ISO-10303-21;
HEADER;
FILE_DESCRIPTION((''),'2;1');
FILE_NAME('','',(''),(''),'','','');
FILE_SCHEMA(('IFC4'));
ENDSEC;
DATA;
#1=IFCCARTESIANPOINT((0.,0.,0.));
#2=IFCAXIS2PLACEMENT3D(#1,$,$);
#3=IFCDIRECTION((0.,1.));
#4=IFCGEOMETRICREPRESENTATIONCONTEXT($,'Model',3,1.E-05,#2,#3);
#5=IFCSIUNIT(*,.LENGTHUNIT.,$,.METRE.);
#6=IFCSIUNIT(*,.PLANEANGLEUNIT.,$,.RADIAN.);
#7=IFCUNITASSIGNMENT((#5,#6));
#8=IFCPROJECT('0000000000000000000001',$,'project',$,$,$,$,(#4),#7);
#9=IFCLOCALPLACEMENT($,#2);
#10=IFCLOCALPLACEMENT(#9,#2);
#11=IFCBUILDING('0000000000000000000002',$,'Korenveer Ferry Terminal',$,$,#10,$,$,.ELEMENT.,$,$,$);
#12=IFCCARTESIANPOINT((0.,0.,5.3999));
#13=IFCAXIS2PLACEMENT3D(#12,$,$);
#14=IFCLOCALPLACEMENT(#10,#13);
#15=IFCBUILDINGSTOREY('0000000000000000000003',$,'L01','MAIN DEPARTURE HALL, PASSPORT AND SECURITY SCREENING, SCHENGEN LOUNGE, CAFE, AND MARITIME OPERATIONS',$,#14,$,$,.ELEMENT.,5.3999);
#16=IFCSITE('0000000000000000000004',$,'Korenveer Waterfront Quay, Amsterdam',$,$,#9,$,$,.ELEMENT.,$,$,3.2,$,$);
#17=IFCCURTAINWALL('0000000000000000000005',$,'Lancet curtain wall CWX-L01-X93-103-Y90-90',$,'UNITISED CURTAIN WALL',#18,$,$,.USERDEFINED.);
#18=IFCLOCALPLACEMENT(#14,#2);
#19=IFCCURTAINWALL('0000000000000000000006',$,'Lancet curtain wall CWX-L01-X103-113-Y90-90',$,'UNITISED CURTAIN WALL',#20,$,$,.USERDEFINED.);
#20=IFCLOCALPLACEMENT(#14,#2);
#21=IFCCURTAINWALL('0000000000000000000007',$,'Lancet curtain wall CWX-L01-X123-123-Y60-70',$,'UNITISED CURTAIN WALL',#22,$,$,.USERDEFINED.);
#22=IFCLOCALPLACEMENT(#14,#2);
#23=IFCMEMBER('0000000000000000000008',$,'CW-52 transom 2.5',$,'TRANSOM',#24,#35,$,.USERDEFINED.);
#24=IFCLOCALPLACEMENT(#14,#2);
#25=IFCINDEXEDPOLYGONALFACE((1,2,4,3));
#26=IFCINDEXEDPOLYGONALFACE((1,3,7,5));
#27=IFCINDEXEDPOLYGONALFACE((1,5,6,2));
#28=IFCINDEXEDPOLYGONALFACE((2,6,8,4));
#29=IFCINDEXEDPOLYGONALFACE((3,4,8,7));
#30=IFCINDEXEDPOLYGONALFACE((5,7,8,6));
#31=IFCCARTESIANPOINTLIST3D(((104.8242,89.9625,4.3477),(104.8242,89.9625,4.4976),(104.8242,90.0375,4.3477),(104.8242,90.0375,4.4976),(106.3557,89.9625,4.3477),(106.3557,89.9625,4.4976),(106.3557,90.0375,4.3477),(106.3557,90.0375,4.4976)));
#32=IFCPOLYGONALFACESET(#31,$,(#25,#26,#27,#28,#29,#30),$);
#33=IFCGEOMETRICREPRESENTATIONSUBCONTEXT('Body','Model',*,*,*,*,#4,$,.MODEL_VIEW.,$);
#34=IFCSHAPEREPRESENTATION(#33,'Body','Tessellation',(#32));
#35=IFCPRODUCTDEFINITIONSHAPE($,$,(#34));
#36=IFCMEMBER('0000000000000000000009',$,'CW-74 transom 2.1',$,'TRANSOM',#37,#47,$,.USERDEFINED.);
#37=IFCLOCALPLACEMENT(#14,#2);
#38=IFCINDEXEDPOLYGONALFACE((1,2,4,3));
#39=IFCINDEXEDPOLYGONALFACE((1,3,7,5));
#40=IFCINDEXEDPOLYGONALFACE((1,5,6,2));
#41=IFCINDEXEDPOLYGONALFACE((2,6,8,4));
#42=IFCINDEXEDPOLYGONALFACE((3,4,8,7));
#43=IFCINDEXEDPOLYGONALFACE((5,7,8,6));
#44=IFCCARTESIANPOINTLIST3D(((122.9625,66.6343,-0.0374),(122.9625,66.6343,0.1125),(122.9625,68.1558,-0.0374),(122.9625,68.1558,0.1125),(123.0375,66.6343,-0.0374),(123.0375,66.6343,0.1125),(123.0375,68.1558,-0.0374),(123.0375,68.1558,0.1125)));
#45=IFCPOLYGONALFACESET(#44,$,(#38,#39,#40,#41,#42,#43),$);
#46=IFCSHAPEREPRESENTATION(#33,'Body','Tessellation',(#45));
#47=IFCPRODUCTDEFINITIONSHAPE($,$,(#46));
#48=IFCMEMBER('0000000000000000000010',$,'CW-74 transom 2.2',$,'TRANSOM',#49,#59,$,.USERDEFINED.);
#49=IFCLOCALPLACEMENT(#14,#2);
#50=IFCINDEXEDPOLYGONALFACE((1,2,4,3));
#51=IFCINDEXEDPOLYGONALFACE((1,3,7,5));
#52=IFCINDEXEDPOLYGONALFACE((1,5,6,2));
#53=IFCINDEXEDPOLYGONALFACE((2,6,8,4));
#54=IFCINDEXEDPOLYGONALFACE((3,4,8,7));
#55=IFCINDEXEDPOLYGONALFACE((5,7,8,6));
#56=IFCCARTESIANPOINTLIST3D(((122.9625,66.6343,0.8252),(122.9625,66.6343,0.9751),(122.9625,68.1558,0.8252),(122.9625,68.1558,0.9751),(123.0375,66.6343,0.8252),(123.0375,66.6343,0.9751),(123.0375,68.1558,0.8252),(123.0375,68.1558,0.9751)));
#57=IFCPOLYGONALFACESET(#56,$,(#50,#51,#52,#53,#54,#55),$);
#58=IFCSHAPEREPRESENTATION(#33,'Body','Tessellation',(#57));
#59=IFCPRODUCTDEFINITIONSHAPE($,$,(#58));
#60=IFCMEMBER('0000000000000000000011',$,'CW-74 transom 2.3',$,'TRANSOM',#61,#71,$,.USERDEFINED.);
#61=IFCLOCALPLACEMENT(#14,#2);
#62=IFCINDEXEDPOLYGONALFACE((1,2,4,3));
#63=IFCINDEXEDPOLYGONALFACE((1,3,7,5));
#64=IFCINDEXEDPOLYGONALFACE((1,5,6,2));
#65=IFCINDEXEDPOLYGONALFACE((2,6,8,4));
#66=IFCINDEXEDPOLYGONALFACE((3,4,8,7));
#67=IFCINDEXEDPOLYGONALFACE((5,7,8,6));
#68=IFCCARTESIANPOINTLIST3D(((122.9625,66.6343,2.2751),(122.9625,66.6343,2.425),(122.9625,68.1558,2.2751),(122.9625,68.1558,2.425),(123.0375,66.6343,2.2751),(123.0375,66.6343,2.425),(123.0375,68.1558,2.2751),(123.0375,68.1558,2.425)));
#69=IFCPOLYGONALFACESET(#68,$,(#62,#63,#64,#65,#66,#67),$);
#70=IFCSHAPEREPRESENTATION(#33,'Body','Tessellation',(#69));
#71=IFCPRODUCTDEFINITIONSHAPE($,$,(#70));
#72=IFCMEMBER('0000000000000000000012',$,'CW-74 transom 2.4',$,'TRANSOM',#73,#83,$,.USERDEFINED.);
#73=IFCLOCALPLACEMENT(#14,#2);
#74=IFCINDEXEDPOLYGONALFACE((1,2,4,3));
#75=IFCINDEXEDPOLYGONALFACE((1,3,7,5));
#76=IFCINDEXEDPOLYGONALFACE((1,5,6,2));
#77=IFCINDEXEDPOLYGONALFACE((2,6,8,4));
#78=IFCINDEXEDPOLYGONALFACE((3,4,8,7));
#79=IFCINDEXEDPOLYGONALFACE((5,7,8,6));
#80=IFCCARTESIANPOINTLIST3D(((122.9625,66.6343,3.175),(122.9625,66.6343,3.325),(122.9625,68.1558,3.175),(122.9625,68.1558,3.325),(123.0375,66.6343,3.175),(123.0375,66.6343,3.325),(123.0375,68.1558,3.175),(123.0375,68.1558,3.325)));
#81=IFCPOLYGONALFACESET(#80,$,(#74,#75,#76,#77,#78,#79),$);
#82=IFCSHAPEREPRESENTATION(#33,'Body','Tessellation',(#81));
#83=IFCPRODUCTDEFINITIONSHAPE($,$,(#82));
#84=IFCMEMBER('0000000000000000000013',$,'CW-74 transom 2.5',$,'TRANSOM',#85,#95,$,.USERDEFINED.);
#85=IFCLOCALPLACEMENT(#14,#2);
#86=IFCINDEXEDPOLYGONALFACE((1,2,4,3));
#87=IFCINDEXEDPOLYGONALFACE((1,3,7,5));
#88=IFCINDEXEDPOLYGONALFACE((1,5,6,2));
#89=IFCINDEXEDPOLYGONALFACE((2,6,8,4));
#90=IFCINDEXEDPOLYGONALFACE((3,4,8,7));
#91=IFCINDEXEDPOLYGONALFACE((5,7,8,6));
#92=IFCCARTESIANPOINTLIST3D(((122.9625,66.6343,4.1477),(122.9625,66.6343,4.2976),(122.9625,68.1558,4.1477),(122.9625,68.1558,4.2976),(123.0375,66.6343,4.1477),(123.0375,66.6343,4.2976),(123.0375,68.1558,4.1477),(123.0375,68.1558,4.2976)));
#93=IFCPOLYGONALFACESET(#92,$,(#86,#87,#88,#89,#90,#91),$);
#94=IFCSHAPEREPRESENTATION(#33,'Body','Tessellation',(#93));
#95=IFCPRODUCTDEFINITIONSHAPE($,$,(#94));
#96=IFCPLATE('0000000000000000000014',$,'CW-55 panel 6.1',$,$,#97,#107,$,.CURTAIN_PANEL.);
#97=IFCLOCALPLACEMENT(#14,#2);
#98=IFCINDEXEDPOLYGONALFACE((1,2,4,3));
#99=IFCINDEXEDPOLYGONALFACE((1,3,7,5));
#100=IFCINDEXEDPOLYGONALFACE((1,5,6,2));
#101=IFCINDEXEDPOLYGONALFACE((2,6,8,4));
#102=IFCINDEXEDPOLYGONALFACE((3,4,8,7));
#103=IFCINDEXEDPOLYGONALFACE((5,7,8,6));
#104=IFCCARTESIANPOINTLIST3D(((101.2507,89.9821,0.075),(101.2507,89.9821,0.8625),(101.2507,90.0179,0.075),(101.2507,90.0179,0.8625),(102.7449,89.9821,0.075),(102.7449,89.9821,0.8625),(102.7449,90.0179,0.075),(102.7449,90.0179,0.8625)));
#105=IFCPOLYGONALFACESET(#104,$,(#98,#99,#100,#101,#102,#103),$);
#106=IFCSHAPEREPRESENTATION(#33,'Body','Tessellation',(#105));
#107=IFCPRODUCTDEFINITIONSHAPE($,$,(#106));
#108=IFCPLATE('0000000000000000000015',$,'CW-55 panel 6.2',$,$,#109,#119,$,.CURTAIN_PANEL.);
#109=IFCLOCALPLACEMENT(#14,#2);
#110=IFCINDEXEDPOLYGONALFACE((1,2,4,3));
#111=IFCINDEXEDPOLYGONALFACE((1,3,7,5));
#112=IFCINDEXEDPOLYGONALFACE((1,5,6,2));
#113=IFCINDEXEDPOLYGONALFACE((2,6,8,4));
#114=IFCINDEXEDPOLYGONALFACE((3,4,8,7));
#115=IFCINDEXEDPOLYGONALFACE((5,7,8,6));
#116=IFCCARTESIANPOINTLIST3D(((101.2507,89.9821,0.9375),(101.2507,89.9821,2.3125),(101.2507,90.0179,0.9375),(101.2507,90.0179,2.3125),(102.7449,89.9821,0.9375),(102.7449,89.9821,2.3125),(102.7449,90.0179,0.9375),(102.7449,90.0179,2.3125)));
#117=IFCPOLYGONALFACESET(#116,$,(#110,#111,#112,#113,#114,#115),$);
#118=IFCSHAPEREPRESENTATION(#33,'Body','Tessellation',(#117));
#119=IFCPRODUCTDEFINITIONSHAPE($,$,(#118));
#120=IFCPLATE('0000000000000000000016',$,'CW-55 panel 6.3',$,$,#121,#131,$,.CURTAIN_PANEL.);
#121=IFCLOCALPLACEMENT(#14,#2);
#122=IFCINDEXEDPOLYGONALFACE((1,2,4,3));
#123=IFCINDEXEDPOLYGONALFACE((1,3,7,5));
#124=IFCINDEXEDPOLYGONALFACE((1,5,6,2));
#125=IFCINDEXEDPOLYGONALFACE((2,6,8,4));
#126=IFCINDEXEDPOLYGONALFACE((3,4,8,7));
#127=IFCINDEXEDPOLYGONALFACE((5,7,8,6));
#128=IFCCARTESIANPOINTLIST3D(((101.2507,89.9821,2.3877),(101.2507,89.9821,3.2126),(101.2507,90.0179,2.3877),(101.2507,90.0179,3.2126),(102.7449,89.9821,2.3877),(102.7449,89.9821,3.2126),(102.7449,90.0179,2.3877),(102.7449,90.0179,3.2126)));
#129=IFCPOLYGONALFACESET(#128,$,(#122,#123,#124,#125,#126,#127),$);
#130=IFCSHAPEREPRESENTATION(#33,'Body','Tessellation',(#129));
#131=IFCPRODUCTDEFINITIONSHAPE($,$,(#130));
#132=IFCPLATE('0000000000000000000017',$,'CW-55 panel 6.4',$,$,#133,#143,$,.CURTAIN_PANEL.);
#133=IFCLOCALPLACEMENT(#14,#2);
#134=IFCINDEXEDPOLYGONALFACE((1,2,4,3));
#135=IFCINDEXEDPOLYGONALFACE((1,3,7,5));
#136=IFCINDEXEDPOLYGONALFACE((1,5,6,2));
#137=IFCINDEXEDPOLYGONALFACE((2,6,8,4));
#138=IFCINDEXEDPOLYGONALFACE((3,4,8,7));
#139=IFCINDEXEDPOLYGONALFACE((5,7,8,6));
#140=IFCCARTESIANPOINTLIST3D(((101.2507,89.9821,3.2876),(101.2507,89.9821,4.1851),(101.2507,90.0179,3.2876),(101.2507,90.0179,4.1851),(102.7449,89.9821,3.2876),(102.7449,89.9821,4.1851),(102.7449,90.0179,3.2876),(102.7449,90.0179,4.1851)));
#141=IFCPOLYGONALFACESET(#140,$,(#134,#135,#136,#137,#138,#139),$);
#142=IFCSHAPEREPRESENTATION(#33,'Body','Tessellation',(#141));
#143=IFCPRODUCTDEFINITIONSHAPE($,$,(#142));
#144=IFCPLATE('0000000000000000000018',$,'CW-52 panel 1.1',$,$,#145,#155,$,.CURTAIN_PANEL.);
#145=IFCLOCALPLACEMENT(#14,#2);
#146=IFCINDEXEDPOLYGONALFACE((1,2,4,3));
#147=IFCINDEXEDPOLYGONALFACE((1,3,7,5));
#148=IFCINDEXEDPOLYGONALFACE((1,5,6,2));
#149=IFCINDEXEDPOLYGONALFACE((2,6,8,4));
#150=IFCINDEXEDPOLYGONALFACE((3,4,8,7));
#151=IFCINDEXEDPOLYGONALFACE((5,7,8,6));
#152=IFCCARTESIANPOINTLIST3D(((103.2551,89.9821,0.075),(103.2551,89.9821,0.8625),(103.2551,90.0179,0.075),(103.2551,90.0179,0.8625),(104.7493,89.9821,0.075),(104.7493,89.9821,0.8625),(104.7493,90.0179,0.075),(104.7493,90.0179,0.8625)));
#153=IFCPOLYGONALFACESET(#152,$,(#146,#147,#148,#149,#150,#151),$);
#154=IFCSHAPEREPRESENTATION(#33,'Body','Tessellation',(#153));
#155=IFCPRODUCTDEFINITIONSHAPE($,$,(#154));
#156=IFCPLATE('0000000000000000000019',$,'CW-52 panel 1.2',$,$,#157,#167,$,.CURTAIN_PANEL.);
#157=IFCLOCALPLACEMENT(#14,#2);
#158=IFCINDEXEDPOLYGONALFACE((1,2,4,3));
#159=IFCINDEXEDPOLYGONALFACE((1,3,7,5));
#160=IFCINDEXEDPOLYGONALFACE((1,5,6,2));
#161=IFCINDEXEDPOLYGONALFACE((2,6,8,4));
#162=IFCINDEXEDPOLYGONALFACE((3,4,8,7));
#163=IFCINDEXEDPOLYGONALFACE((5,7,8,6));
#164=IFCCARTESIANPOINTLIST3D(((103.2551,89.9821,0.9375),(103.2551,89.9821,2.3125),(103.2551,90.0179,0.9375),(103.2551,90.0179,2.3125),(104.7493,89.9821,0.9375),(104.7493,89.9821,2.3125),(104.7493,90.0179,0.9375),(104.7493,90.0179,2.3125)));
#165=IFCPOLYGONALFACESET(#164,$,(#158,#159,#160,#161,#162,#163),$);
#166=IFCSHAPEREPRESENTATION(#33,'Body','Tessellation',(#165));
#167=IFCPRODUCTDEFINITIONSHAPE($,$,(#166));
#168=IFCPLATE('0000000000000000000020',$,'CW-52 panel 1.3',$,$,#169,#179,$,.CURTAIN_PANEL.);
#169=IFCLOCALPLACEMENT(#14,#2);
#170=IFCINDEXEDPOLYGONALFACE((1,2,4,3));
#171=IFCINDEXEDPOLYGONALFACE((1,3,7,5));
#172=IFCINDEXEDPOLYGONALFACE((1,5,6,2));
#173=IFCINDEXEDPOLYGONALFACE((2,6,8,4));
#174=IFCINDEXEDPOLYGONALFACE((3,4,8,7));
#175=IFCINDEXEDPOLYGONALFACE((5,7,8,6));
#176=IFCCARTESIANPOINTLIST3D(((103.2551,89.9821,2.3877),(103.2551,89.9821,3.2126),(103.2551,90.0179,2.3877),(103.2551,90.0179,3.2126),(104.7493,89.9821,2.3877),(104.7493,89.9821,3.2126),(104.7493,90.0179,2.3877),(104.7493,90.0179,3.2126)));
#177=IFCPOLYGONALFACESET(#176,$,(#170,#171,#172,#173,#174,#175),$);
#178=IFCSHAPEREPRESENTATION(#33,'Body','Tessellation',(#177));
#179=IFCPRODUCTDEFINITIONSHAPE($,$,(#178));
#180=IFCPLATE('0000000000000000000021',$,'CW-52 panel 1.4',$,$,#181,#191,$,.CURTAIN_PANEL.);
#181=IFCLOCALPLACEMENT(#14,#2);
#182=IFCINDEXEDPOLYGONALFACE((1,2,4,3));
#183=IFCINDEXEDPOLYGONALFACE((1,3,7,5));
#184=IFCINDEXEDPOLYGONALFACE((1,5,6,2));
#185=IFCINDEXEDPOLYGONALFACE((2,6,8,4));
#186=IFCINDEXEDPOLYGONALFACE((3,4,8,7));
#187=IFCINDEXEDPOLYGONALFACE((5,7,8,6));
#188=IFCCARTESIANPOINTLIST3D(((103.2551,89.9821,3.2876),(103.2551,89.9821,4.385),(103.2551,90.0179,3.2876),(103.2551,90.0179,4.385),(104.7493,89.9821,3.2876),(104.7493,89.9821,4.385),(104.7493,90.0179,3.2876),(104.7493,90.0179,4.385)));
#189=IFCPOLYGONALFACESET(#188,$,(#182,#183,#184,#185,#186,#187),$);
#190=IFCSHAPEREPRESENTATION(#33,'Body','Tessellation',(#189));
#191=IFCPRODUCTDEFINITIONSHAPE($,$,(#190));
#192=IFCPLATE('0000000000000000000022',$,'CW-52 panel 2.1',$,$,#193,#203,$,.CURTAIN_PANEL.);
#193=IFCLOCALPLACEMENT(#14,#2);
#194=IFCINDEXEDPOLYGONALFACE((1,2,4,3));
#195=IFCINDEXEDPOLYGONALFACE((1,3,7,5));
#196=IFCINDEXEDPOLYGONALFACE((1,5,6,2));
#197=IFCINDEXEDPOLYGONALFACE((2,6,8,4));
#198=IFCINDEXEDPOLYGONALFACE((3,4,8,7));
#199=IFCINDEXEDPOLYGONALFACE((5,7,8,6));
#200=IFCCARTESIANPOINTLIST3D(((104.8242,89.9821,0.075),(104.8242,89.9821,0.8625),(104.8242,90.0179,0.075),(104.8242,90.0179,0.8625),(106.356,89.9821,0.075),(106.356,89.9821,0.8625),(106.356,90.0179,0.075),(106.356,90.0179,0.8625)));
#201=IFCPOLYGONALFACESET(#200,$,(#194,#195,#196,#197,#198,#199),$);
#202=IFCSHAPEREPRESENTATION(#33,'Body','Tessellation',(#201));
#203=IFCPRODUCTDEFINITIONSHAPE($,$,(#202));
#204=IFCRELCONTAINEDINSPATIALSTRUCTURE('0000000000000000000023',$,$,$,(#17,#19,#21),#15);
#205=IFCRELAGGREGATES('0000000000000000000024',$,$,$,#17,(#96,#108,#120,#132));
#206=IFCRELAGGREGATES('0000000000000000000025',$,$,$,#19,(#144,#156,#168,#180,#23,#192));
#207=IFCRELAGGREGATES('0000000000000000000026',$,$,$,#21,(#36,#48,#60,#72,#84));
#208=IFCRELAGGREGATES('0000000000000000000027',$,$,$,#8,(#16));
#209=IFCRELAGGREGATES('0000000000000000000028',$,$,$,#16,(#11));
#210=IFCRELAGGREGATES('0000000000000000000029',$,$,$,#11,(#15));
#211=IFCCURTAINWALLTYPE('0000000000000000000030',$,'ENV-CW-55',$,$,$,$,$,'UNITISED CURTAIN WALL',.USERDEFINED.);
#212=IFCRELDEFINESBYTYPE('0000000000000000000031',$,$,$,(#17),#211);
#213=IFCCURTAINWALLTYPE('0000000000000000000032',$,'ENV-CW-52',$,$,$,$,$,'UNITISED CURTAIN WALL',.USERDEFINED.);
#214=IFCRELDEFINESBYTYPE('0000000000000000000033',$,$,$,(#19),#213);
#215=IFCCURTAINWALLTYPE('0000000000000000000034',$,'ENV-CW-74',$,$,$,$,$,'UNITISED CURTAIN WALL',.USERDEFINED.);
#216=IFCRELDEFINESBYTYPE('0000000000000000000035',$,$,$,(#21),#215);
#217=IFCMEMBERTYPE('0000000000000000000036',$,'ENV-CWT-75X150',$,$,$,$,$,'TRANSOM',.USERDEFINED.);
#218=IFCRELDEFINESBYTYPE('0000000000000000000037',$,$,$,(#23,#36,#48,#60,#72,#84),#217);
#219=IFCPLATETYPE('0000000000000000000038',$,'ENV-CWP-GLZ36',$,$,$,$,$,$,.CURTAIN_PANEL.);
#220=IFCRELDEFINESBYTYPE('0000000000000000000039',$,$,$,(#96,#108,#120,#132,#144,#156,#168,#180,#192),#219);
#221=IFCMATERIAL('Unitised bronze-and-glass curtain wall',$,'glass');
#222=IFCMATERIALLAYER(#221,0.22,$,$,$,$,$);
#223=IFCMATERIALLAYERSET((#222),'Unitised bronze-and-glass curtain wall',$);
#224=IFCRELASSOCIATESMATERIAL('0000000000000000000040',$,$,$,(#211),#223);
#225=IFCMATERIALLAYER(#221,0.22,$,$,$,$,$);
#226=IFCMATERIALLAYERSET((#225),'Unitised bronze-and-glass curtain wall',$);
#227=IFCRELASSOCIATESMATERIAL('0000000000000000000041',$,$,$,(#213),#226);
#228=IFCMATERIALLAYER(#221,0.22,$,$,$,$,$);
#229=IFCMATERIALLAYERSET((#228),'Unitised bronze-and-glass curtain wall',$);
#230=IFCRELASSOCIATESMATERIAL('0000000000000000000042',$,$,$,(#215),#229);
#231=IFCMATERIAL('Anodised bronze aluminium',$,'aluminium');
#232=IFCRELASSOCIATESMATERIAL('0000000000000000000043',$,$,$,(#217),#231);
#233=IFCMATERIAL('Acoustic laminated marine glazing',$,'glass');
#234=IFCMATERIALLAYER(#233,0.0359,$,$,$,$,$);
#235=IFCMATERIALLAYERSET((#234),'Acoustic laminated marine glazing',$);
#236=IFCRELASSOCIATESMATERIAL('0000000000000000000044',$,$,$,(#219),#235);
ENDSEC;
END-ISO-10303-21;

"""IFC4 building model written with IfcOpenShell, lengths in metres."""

from ifc_helpers import new_model, si_unit, direction, frame, origin, origin_2d, place, context, subcontext, project, spatial, rectangle, extrude, material, layer, layer_set, material_profile, profile_set, type_object, element, aggregate, save


model = new_model("IFC4")

# Units and contexts
model_context = context("Model", 3, precision=1e-05, world=origin(), true_north=direction((0.0, 1.0)))
body_context = subcontext(model_context, "Body", "Model", "MODEL_VIEW")
ifc_project = project(units=[si_unit("LENGTHUNIT", "METRE"), si_unit("PLANEANGLEUNIT", "RADIAN")], contexts=[model_context])

# Site, building, storey
site_placement = place(None, origin())
site = spatial("IfcSite", under=ifc_project, at=site_placement, Name="Korenveer Waterfront Quay, Amsterdam", CompositionType="ELEMENT", RefElevation=3.2)
building_placement = place(site_placement, origin())
building = spatial("IfcBuilding", under=site, at=building_placement, Name="Korenveer Ferry Terminal", CompositionType="ELEMENT")
storey_placement = place(building_placement, frame((0.0, 0.0, 5.3999)))
storey = spatial("IfcBuildingStorey", under=building, at=storey_placement, Name="L01", Description="MAIN DEPARTURE HALL, PASSPORT AND SECURITY SCREENING, SCHENGEN LOUNGE, CAFE, AND MARITIME OPERATIONS", CompositionType="ELEMENT", Elevation=5.3999)

# Curtain wall
ifc_material_1 = material(Name="Unitised bronze-and-glass curtain wall", Category="glass")
ifc_layer_1 = layer(ifc_material_1, 0.22)
ifc_layer_set_1 = layer_set([ifc_layer_1], Name="Unitised bronze-and-glass curtain wall")
curtain_wall_type_1 = type_object("IfcCurtainWallType", Name="ENV-CW-55", ElementType="UNITISED CURTAIN WALL", PredefinedType="USERDEFINED", material=ifc_layer_set_1)
curtain_wall_1_placement = place(storey_placement, frame((93.1799, 90.0, 0.0)))
curtain_wall_1 = element("IfcCurtainWall", 1, at=curtain_wall_1_placement, inside=storey, type_object=curtain_wall_type_1, Name="Lancet curtain wall CWX-L01-X93-103-Y90-90", ObjectType="UNITISED CURTAIN WALL", PredefinedType="USERDEFINED")
ifc_material_2 = material(Name="Anodised bronze aluminium", Category="aluminium")

# Curtain wall
ifc_layer_2 = layer(ifc_material_1, 0.22)
ifc_layer_set_2 = layer_set([ifc_layer_2], Name="Unitised bronze-and-glass curtain wall")
curtain_wall_type_2 = type_object("IfcCurtainWallType", Name="ENV-CW-52", ElementType="UNITISED CURTAIN WALL", PredefinedType="USERDEFINED", material=ifc_layer_set_2)
curtain_wall_2_placement = place(storey_placement, frame((103.1799, 90.0, 0.0)))
curtain_wall_2 = element("IfcCurtainWall", 2, at=curtain_wall_2_placement, inside=storey, type_object=curtain_wall_type_2, Name="Lancet curtain wall CWX-L01-X103-113-Y90-90", ObjectType="UNITISED CURTAIN WALL", PredefinedType="USERDEFINED")

# Curtain wall
ifc_layer_3 = layer(ifc_material_1, 0.22)
ifc_layer_set_3 = layer_set([ifc_layer_3], Name="Unitised bronze-and-glass curtain wall")
curtain_wall_type_3 = type_object("IfcCurtainWallType", Name="ENV-CW-74", ElementType="UNITISED CURTAIN WALL", PredefinedType="USERDEFINED", material=ifc_layer_set_3)
curtain_wall_3_placement = place(storey_placement, frame((123.0, 69.79, 0.0)))
curtain_wall_3 = element("IfcCurtainWall", 3, at=curtain_wall_3_placement, inside=storey, type_object=curtain_wall_type_3, Name="Lancet curtain wall CWX-L01-X123-123-Y60-70", ObjectType="UNITISED CURTAIN WALL", PredefinedType="USERDEFINED")

# Members
ifc_material_profile_1 = material_profile(ifc_material_2, rectangle(XDim=0.075, YDim=0.1499, at=origin_2d()), Name="ALU 75x150")
ifc_profile_set_1 = profile_set([ifc_material_profile_1], Name="Anodised bronze aluminium")
member_type_1 = type_object("IfcMemberType", Name="ENV-CWT-75X150", ElementType="TRANSOM", PredefinedType="USERDEFINED", material=ifc_profile_set_1)
member_1_placement = place(storey_placement, frame((104.8242, 90.0, 4.4226), z_axis=(1.0, 0.0, 0.0), x_axis=(0.0, 1.0, 0.0)))
member_1 = element("IfcMember", 4, at=member_1_placement, type_object=member_type_1, Name="CW-52 transom 2.5", ObjectType="TRANSOM", PredefinedType="USERDEFINED", context=body_context, shape_type="SweptSolid", body=[
    extrude(rectangle(XDim=0.075, YDim=0.1499, at=origin_2d()), origin(), (0.0, 0.0, 1.0), 1.5315),
])
member_2_placement = place(storey_placement, frame((123.0, 68.1558, 0.0376), z_axis=(0.0, -1.0, 0.0), x_axis=(1.0, 0.0, 0.0)))
member_2 = element("IfcMember", 5, at=member_2_placement, type_object=member_type_1, Name="CW-74 transom 2.1", ObjectType="TRANSOM", PredefinedType="USERDEFINED", context=body_context, shape_type="SweptSolid", body=[
    extrude(rectangle(XDim=0.075, YDim=0.1499, at=origin_2d()), origin(), (0.0, 0.0, 1.0), 1.5215),
])
member_3_placement = place(storey_placement, frame((123.0, 68.1558, 0.9001), z_axis=(0.0, -1.0, 0.0), x_axis=(1.0, 0.0, 0.0)))
member_3 = element("IfcMember", 6, at=member_3_placement, type_object=member_type_1, Name="CW-74 transom 2.2", ObjectType="TRANSOM", PredefinedType="USERDEFINED", context=body_context, shape_type="SweptSolid", body=[
    extrude(rectangle(XDim=0.075, YDim=0.1499, at=origin_2d()), origin(), (0.0, 0.0, 1.0), 1.5215),
])
member_4_placement = place(storey_placement, frame((123.0, 68.1558, 2.3501), z_axis=(0.0, -1.0, 0.0), x_axis=(1.0, 0.0, 0.0)))
member_4 = element("IfcMember", 7, at=member_4_placement, type_object=member_type_1, Name="CW-74 transom 2.3", ObjectType="TRANSOM", PredefinedType="USERDEFINED", context=body_context, shape_type="SweptSolid", body=[
    extrude(rectangle(XDim=0.075, YDim=0.1499, at=origin_2d()), origin(), (0.0, 0.0, 1.0), 1.5215),
])
member_5_placement = place(storey_placement, frame((123.0, 68.1558, 3.25), z_axis=(0.0, -1.0, 0.0), x_axis=(1.0, 0.0, 0.0)))
member_5 = element("IfcMember", 8, at=member_5_placement, type_object=member_type_1, Name="CW-74 transom 2.4", ObjectType="TRANSOM", PredefinedType="USERDEFINED", context=body_context, shape_type="SweptSolid", body=[
    extrude(rectangle(XDim=0.075, YDim=0.1499, at=origin_2d()), origin(), (0.0, 0.0, 1.0), 1.5215),
])
member_6_placement = place(storey_placement, frame((123.0, 68.1558, 4.2227), z_axis=(0.0, -1.0, 0.0), x_axis=(1.0, 0.0, 0.0)))
member_6 = element("IfcMember", 9, at=member_6_placement, type_object=member_type_1, Name="CW-74 transom 2.5", ObjectType="TRANSOM", PredefinedType="USERDEFINED", context=body_context, shape_type="SweptSolid", body=[
    extrude(rectangle(XDim=0.075, YDim=0.1499, at=origin_2d()), origin(), (0.0, 0.0, 1.0), 1.5215),
])

# Plates
ifc_material_3 = material(Name="Acoustic laminated marine glazing", Category="glass")
ifc_layer_4 = layer(ifc_material_3, 0.0359)
ifc_layer_set_4 = layer_set([ifc_layer_4], Name="Acoustic laminated marine glazing")
plate_type = type_object("IfcPlateType", Name="ENV-CWP-GLZ36", PredefinedType="CURTAIN_PANEL", material=ifc_layer_set_4)
plate_1_placement = place(storey_placement, frame((101.9978, 90.0, 0.075), z_axis=(0.0, 0.0, 1.0), x_axis=(1.0, 0.0, 0.0)))
plate_1 = element("IfcPlate", 10, at=plate_1_placement, type_object=plate_type, Name="CW-55 panel 6.1", PredefinedType="CURTAIN_PANEL", context=body_context, shape_type="SweptSolid", body=[
    extrude(rectangle(XDim=1.4941, YDim=0.0359, at=origin_2d()), origin(), (0.0, 0.0, 1.0), 0.7876),
])
plate_2_placement = place(storey_placement, frame((101.9978, 90.0, 0.9375), z_axis=(0.0, 0.0, 1.0), x_axis=(1.0, 0.0, 0.0)))
plate_2 = element("IfcPlate", 11, at=plate_2_placement, type_object=plate_type, Name="CW-55 panel 6.2", PredefinedType="CURTAIN_PANEL", context=body_context, shape_type="SweptSolid", body=[
    extrude(rectangle(XDim=1.4941, YDim=0.0359, at=origin_2d()), origin(), (0.0, 0.0, 1.0), 1.375),
])
plate_3_placement = place(storey_placement, frame((101.9978, 90.0, 2.3877), z_axis=(0.0, 0.0, 1.0), x_axis=(1.0, 0.0, 0.0)))
plate_3 = element("IfcPlate", 12, at=plate_3_placement, type_object=plate_type, Name="CW-55 panel 6.3", PredefinedType="CURTAIN_PANEL", context=body_context, shape_type="SweptSolid", body=[
    extrude(rectangle(XDim=1.4941, YDim=0.0359, at=origin_2d()), origin(), (0.0, 0.0, 1.0), 0.825),
])
plate_4_placement = place(storey_placement, frame((101.9978, 90.0, 3.2876), z_axis=(0.0, 0.0, 1.0), x_axis=(1.0, 0.0, 0.0)))
plate_4 = element("IfcPlate", 13, at=plate_4_placement, type_object=plate_type, Name="CW-55 panel 6.4", PredefinedType="CURTAIN_PANEL", context=body_context, shape_type="SweptSolid", body=[
    extrude(rectangle(XDim=1.4941, YDim=0.0359, at=origin_2d()), origin(), (0.0, 0.0, 1.0), 0.8975),
])
aggregate(curtain_wall_1, [plate_1, plate_2, plate_3, plate_4])
plate_5_placement = place(storey_placement, frame((104.0022, 90.0, 0.075), z_axis=(0.0, 0.0, 1.0), x_axis=(1.0, 0.0, 0.0)))
plate_5 = element("IfcPlate", 14, at=plate_5_placement, type_object=plate_type, Name="CW-52 panel 1.1", PredefinedType="CURTAIN_PANEL", context=body_context, shape_type="SweptSolid", body=[
    extrude(rectangle(XDim=1.4941, YDim=0.0359, at=origin_2d()), origin(), (0.0, 0.0, 1.0), 0.7876),
])
plate_6_placement = place(storey_placement, frame((104.0022, 90.0, 0.9375), z_axis=(0.0, 0.0, 1.0), x_axis=(1.0, 0.0, 0.0)))
plate_6 = element("IfcPlate", 15, at=plate_6_placement, type_object=plate_type, Name="CW-52 panel 1.2", PredefinedType="CURTAIN_PANEL", context=body_context, shape_type="SweptSolid", body=[
    extrude(rectangle(XDim=1.4941, YDim=0.0359, at=origin_2d()), origin(), (0.0, 0.0, 1.0), 1.375),
])
plate_7_placement = place(storey_placement, frame((104.0022, 90.0, 2.3877), z_axis=(0.0, 0.0, 1.0), x_axis=(1.0, 0.0, 0.0)))
plate_7 = element("IfcPlate", 16, at=plate_7_placement, type_object=plate_type, Name="CW-52 panel 1.3", PredefinedType="CURTAIN_PANEL", context=body_context, shape_type="SweptSolid", body=[
    extrude(rectangle(XDim=1.4941, YDim=0.0359, at=origin_2d()), origin(), (0.0, 0.0, 1.0), 0.825),
])
plate_8_placement = place(storey_placement, frame((104.0022, 90.0, 3.2876), z_axis=(0.0, 0.0, 1.0), x_axis=(1.0, 0.0, 0.0)))
plate_8 = element("IfcPlate", 17, at=plate_8_placement, type_object=plate_type, Name="CW-52 panel 1.4", PredefinedType="CURTAIN_PANEL", context=body_context, shape_type="SweptSolid", body=[
    extrude(rectangle(XDim=1.4941, YDim=0.0359, at=origin_2d()), origin(), (0.0, 0.0, 1.0), 1.0974),
])
plate_9_placement = place(storey_placement, frame((105.5901, 90.0, 0.075), z_axis=(0.0, 0.0, 1.0), x_axis=(1.0, 0.0, 0.0)))
plate_9 = element("IfcPlate", 18, at=plate_9_placement, type_object=plate_type, Name="CW-52 panel 2.1", PredefinedType="CURTAIN_PANEL", context=body_context, shape_type="SweptSolid", body=[
    extrude(rectangle(XDim=1.5317, YDim=0.0359, at=origin_2d()), origin(), (0.0, 0.0, 1.0), 0.7876),
])
aggregate(curtain_wall_2, [plate_5, plate_6, plate_7, plate_8, member_1, plate_9])
aggregate(curtain_wall_3, [member_2, member_3, member_4, member_5, member_6])

save(model, "model.ifc")
